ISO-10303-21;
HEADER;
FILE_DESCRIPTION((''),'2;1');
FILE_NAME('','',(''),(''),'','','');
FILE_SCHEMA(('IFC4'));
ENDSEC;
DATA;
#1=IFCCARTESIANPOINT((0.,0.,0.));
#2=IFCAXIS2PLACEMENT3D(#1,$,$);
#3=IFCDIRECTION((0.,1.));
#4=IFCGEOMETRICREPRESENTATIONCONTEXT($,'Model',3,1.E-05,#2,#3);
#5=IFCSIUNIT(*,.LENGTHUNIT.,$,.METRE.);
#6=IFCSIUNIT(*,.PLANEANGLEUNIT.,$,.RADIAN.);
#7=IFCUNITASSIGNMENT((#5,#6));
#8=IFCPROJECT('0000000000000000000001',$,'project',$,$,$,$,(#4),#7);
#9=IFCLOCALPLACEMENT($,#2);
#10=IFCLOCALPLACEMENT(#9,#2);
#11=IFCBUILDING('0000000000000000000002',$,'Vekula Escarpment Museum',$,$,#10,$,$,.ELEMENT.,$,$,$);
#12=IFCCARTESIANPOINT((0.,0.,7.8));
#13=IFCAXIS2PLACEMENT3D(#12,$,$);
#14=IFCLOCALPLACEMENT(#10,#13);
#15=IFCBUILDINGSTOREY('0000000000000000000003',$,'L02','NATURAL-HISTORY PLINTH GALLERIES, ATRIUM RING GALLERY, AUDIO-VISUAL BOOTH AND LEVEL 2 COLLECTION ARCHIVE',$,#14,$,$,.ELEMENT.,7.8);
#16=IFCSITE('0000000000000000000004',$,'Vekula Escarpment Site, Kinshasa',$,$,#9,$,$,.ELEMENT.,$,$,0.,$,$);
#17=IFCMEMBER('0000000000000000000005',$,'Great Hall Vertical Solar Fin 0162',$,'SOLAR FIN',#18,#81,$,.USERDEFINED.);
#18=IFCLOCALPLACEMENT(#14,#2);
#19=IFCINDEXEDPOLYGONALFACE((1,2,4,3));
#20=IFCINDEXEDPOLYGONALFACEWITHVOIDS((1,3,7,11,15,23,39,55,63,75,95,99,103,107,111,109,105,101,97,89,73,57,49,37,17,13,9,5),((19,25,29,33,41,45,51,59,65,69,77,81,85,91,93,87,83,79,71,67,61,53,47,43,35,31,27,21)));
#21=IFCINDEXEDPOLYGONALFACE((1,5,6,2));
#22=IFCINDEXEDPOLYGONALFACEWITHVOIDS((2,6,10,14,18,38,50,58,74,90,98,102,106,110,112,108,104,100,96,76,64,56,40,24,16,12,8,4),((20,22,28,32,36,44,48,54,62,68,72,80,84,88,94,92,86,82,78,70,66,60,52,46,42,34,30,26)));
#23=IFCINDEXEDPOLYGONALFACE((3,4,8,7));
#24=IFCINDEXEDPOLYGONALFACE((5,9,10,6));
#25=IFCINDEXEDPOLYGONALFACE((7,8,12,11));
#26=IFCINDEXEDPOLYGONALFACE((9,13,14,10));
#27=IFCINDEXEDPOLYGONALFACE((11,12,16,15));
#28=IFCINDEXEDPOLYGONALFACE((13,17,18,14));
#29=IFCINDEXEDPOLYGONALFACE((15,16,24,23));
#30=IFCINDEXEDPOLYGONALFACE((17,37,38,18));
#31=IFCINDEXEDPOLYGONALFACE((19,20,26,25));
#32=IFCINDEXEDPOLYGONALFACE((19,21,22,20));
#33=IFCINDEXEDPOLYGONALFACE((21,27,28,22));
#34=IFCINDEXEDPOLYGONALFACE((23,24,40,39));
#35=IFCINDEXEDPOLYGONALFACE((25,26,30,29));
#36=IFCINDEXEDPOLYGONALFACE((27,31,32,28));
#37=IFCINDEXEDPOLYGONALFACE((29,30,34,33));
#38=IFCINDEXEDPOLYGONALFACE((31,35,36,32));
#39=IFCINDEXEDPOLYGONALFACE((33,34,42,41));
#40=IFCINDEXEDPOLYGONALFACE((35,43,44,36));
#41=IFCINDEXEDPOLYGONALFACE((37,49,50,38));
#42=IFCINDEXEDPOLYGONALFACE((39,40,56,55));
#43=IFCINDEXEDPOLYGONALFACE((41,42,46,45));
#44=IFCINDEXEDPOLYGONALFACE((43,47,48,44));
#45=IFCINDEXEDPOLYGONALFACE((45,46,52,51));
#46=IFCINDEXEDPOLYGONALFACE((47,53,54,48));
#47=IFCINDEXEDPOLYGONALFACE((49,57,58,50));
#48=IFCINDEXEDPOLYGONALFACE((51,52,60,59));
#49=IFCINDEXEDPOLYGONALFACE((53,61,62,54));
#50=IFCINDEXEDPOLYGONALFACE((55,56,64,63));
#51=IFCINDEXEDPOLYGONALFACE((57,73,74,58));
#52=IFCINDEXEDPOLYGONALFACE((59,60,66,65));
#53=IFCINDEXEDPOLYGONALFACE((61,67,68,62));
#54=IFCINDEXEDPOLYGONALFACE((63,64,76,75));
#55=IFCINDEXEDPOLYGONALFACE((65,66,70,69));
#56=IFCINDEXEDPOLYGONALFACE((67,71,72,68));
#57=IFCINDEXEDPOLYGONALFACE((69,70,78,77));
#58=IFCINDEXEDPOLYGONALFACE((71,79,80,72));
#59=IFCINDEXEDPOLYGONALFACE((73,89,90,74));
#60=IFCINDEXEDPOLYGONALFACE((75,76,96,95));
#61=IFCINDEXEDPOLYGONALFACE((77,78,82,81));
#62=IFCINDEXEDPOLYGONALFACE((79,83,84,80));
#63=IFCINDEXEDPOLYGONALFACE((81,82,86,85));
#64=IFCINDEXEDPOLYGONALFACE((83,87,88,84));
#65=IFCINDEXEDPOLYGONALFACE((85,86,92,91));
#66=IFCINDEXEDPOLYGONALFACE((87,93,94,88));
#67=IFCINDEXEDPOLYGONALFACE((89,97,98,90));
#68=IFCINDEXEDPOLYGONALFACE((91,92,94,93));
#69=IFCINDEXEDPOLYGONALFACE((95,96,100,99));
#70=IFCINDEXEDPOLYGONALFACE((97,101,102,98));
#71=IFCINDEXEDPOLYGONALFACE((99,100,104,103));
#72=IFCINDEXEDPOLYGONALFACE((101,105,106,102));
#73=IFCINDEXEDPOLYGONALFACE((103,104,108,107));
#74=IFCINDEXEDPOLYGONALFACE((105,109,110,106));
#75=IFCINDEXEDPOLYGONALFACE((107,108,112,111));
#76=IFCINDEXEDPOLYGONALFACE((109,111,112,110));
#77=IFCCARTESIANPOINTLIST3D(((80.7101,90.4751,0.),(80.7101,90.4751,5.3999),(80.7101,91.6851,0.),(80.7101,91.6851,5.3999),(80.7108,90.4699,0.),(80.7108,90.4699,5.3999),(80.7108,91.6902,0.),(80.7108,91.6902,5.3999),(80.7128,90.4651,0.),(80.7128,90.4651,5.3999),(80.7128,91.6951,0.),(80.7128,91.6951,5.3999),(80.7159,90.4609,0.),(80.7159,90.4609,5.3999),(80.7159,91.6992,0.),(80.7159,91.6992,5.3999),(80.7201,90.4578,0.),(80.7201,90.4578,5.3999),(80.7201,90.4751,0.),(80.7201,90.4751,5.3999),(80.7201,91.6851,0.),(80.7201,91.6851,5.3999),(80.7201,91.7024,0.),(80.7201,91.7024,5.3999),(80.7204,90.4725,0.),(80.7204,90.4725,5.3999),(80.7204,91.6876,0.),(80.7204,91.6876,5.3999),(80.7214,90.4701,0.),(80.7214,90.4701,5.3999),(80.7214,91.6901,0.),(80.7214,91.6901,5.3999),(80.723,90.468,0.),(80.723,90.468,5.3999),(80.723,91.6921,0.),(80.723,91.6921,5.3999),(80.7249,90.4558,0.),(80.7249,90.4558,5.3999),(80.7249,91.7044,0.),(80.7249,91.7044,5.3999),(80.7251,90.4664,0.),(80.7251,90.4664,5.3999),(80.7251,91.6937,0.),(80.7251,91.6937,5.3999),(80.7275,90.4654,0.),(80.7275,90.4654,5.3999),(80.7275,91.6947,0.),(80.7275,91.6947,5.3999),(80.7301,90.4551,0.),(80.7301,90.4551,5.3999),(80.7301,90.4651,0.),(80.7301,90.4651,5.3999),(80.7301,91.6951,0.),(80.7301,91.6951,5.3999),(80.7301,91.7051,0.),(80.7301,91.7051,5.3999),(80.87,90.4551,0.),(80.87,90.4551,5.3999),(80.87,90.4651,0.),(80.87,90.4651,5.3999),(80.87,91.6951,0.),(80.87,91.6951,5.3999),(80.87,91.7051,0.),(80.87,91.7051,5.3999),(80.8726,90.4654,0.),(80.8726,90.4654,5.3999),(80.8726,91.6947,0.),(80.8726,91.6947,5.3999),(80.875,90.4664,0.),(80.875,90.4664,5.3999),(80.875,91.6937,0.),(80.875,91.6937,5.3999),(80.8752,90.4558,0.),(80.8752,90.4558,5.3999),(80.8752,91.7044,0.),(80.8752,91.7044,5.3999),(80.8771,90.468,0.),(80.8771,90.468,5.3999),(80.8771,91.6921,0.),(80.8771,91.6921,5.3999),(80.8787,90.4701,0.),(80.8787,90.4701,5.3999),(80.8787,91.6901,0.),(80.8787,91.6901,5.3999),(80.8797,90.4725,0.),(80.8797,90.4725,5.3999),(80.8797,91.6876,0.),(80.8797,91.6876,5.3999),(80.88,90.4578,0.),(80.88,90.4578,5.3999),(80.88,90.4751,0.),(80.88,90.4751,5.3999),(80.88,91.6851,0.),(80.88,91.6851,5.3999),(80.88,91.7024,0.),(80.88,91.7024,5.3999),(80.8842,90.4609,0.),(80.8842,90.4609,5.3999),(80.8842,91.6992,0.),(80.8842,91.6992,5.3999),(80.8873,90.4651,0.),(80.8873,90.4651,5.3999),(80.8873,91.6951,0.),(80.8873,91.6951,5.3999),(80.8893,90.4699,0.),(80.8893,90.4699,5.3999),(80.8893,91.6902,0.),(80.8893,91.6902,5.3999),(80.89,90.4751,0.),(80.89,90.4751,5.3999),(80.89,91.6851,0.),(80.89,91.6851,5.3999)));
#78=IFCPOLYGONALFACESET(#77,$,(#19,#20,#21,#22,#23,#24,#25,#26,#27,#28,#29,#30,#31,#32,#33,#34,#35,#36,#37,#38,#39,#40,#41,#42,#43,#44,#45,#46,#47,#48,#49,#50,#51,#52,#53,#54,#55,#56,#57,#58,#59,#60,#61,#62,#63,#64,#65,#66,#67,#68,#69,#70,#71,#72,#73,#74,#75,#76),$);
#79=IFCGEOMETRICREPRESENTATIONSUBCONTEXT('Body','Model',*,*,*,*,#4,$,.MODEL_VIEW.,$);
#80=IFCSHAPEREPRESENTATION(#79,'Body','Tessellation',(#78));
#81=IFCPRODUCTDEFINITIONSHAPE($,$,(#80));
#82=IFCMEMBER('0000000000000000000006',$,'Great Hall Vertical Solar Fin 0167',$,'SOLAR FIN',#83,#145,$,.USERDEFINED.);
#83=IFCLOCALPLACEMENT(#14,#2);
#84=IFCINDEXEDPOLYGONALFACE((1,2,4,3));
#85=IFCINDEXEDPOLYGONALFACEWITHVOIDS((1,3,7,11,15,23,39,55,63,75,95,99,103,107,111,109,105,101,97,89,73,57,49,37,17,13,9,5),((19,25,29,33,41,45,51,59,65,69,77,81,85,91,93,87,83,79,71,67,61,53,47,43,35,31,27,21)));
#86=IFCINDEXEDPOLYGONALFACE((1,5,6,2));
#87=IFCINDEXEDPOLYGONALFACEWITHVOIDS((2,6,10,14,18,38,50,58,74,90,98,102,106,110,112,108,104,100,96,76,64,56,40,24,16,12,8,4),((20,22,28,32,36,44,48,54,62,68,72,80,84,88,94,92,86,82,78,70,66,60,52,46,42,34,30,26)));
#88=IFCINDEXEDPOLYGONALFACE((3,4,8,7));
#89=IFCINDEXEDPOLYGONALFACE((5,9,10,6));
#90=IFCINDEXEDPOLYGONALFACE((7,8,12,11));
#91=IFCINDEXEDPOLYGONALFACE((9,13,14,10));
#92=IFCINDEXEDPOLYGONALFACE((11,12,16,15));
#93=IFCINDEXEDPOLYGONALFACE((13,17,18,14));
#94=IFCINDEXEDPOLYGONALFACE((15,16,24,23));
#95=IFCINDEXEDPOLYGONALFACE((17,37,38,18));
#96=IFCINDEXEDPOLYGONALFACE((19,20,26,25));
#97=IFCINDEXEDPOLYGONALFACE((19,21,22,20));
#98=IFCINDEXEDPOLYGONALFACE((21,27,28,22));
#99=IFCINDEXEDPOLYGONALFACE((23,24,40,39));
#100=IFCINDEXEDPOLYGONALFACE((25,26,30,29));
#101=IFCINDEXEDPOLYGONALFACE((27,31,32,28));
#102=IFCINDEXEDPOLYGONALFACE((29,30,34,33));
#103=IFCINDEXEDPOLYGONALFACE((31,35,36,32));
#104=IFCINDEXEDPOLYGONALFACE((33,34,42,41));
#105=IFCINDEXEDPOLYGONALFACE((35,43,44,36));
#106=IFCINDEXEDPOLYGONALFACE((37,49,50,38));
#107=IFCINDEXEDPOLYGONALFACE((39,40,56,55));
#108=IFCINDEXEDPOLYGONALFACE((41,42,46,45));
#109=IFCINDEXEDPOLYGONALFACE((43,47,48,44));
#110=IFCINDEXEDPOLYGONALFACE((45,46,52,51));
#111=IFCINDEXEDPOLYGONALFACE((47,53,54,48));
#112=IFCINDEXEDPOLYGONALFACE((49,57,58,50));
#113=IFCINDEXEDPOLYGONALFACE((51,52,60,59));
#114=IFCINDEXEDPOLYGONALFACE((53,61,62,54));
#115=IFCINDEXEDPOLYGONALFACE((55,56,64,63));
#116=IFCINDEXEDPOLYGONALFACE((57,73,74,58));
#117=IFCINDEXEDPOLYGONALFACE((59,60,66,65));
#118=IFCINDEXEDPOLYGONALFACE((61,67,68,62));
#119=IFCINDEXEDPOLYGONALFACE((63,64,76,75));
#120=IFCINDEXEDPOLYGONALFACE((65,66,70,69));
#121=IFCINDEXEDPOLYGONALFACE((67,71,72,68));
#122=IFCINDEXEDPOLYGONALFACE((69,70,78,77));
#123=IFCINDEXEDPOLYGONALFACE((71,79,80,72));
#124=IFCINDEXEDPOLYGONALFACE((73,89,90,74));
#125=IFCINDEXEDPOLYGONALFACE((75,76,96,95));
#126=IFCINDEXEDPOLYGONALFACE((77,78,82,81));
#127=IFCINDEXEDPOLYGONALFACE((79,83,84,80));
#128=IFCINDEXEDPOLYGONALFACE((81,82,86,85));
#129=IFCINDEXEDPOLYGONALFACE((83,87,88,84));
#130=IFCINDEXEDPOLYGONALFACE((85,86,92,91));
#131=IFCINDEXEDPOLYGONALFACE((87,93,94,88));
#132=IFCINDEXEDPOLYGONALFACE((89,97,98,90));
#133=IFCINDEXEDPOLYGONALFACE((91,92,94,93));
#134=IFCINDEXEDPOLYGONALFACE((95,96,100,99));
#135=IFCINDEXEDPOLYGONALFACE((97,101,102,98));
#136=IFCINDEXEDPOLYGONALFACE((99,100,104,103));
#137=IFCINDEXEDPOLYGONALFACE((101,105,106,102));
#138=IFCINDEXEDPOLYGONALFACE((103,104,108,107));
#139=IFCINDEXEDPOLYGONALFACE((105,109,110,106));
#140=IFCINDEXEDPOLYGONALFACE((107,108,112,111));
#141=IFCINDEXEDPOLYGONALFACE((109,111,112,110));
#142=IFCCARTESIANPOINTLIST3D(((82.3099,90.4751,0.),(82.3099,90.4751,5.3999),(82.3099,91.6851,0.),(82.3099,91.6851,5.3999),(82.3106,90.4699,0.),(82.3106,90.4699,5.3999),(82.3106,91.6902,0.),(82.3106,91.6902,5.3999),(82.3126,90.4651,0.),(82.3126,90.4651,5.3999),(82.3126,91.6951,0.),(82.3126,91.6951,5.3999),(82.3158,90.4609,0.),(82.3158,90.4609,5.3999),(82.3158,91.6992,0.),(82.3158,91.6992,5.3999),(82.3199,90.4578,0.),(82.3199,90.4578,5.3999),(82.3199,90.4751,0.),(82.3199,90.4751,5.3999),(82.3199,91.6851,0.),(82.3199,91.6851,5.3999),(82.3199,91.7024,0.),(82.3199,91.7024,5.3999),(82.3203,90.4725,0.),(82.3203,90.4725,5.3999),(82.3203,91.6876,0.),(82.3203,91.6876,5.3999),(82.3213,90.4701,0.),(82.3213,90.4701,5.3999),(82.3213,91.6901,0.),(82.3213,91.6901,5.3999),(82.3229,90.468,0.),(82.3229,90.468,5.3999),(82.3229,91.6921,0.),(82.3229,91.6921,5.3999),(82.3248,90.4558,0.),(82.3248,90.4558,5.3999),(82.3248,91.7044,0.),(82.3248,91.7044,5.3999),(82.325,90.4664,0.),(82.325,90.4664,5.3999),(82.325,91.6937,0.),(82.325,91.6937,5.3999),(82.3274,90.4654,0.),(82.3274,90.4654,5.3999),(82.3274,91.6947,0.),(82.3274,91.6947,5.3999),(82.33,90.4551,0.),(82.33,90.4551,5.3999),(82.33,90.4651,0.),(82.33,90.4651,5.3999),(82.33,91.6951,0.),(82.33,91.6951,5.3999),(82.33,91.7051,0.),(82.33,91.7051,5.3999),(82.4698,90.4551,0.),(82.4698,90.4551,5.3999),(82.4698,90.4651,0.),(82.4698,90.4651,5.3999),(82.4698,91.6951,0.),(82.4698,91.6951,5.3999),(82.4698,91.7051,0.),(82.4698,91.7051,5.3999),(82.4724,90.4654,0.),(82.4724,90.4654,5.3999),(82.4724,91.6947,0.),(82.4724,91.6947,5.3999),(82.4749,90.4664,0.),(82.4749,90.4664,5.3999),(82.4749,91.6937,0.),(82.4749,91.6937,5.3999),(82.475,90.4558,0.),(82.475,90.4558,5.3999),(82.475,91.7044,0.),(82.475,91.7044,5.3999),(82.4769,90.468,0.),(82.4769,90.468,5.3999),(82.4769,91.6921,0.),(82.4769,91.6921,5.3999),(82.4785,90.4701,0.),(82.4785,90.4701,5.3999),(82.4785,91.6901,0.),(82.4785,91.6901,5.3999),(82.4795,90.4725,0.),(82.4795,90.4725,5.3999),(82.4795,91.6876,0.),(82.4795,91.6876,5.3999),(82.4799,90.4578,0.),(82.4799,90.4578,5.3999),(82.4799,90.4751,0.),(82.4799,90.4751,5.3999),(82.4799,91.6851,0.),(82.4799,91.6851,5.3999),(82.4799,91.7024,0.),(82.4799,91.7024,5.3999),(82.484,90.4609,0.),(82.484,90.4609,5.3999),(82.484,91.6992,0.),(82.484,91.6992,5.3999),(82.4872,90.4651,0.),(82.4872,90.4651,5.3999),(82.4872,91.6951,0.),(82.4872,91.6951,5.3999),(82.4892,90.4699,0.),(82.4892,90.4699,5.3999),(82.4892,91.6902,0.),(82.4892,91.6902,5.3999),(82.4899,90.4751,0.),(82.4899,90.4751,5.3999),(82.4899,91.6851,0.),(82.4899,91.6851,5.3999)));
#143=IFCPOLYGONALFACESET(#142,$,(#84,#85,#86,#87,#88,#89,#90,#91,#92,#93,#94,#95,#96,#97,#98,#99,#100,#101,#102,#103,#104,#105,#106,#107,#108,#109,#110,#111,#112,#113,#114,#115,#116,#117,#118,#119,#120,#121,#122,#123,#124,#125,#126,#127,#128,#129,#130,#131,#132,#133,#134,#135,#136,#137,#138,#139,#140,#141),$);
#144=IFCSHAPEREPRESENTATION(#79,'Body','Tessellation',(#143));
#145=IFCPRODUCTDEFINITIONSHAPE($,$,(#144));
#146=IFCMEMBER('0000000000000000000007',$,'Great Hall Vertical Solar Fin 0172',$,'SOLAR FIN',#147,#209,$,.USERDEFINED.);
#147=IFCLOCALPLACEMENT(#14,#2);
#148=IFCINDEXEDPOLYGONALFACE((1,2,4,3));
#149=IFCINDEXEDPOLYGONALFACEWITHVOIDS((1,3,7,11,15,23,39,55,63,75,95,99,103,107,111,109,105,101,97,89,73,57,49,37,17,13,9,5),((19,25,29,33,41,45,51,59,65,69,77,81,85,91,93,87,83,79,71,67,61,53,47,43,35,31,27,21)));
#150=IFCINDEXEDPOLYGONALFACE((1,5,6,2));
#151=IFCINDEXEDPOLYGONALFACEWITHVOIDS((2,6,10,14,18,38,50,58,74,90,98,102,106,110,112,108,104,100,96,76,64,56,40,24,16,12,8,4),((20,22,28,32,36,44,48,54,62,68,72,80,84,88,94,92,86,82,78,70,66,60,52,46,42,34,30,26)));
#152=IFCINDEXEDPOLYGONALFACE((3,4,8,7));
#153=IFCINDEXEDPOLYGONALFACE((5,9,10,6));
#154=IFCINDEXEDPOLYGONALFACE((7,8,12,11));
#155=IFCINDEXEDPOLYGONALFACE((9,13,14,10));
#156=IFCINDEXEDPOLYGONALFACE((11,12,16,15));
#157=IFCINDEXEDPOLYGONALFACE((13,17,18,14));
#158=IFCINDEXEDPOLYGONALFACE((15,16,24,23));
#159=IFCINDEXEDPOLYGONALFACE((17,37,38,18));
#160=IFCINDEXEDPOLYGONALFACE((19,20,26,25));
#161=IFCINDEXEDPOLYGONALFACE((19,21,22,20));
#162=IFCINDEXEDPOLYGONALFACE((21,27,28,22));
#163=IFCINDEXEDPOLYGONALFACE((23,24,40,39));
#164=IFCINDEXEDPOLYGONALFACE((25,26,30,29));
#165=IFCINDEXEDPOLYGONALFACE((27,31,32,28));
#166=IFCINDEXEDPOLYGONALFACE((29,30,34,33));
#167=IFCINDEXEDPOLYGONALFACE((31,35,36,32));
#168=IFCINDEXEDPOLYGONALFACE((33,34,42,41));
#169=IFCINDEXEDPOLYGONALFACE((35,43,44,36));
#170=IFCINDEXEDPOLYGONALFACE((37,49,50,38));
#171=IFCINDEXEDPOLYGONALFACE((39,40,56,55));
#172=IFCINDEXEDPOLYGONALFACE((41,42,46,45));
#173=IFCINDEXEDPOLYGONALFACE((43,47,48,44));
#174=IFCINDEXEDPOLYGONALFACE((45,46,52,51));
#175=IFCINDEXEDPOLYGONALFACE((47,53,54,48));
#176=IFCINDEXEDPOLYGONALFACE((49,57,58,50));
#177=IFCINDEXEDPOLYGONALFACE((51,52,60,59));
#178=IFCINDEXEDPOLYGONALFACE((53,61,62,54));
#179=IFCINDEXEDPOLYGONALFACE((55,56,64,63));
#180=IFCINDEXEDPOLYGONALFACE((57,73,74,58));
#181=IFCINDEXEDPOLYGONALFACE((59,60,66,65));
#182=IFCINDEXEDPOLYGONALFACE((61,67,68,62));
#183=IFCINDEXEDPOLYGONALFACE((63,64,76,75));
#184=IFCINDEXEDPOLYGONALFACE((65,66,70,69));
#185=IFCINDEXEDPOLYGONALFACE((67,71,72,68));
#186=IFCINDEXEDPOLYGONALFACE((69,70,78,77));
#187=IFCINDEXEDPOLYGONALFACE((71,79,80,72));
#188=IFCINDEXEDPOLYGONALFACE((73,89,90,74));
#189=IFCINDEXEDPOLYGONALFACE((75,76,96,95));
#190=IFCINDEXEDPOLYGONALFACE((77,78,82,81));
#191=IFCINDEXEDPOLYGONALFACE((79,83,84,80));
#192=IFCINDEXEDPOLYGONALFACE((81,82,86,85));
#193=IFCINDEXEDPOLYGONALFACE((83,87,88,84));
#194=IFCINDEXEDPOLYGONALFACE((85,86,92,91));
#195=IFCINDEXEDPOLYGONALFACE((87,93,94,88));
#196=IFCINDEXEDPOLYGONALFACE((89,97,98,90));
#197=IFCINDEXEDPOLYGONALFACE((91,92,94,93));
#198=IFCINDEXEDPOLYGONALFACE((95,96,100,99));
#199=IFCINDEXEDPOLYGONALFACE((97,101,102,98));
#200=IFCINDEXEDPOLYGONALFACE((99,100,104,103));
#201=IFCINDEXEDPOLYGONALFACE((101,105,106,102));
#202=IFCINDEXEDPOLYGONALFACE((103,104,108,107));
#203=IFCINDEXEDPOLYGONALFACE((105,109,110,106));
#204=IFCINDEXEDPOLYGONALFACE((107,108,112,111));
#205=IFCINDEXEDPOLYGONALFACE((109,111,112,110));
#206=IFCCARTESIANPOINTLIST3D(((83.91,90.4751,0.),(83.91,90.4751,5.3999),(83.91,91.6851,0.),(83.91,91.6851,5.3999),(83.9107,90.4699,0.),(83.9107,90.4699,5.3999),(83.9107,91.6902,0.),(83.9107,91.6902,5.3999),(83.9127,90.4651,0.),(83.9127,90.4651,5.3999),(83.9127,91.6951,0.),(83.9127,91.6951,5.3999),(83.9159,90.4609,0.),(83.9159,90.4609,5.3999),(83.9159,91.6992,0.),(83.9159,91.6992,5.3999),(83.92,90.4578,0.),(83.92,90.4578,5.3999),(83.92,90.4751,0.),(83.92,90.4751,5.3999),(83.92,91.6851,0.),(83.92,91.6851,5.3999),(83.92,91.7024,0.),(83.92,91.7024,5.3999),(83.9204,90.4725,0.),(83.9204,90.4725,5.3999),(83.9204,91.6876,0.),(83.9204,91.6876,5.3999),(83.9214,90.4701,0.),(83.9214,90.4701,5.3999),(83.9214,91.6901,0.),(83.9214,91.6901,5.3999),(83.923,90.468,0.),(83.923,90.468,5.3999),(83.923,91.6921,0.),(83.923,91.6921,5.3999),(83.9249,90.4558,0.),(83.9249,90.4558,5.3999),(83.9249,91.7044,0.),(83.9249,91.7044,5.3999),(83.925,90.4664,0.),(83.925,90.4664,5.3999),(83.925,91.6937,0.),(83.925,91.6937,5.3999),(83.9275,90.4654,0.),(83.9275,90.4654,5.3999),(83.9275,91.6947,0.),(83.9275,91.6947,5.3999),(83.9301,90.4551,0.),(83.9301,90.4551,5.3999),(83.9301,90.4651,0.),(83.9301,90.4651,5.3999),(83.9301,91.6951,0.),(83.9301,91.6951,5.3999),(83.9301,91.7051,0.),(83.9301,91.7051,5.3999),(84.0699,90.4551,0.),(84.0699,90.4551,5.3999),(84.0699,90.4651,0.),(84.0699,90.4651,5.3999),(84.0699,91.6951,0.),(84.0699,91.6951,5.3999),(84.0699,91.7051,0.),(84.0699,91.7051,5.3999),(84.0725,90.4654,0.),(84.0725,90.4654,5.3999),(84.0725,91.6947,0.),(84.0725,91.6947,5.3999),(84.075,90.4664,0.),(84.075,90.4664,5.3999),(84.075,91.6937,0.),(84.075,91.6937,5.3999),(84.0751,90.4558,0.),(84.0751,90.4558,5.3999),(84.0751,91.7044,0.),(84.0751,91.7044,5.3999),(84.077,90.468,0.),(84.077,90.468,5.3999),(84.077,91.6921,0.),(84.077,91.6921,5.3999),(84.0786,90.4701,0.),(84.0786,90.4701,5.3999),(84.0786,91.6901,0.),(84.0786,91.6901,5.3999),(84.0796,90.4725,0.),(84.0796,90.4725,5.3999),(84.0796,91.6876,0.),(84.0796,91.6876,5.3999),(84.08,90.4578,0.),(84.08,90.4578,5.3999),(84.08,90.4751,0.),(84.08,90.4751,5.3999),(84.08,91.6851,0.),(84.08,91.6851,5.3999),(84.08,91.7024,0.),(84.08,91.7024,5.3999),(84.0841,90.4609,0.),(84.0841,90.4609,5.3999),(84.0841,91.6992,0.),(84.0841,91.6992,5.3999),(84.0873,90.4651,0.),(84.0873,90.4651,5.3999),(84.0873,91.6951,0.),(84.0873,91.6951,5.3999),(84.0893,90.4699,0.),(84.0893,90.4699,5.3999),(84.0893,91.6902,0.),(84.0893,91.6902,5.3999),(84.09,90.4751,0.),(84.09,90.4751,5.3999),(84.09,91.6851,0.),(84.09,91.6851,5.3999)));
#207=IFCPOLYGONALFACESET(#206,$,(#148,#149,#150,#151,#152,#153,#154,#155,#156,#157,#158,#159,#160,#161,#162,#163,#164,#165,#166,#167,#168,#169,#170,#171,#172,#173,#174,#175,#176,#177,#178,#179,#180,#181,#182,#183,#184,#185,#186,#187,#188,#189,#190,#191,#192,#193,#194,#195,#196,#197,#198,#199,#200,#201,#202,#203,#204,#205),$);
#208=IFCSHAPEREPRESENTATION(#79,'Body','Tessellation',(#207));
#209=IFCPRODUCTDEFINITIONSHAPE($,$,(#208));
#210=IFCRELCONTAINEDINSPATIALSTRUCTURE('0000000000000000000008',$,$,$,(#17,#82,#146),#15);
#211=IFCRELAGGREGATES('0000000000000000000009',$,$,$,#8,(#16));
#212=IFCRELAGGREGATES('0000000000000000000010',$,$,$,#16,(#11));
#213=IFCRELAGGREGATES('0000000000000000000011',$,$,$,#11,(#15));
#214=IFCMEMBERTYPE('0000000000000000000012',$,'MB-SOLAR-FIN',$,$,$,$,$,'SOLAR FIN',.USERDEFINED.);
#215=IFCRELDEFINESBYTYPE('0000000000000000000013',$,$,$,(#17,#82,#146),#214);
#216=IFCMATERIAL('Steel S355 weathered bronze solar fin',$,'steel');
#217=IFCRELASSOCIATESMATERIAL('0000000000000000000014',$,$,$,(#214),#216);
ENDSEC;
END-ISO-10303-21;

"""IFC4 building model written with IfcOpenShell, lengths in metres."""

from ifc_helpers import new_model, si_unit, direction, frame, origin, origin_2d, place, context, subcontext, project, spatial, hollow_rectangle, extrude, material, material_profile, profile_set, type_object, element, save


model = new_model("IFC4")

# Units and contexts
model_context = context("Model", 3, precision=1e-05, world=origin(), true_north=direction((0.0, 1.0)))
body_context = subcontext(model_context, "Body", "Model", "MODEL_VIEW")
ifc_project = project(units=[si_unit("LENGTHUNIT", "METRE"), si_unit("PLANEANGLEUNIT", "RADIAN")], contexts=[model_context])

# Site, building, storey
site_placement = place(None, origin())
site = spatial("IfcSite", under=ifc_project, at=site_placement, Name="Vekula Escarpment Site, Kinshasa", CompositionType="ELEMENT", RefElevation=0.0)
building_placement = place(site_placement, origin())
building = spatial("IfcBuilding", under=site, at=building_placement, Name="Vekula Escarpment Museum", CompositionType="ELEMENT")
storey_placement = place(building_placement, frame((0.0, 0.0, 7.8)))
storey = spatial("IfcBuildingStorey", under=building, at=storey_placement, Name="L02", Description="NATURAL-HISTORY PLINTH GALLERIES, ATRIUM RING GALLERY, AUDIO-VISUAL BOOTH AND LEVEL 2 COLLECTION ARCHIVE", CompositionType="ELEMENT", Elevation=7.8)

# Members
ifc_material_1 = material(Name="Steel S355 weathered bronze solar fin", Category="steel")
ifc_material_profile_1 = material_profile(ifc_material_1, hollow_rectangle(XDim=0.1799, YDim=1.25, WallThickness=0.01, InnerFilletRadius=0.01, OuterFilletRadius=0.02, at=origin_2d()), Name="RHS 1250x180x10")
ifc_profile_set_1 = profile_set([ifc_material_profile_1], Name="Steel S355 weathered bronze solar fin")
member_type_1 = type_object("IfcMemberType", Name="MB-SOLAR-FIN", ElementType="SOLAR FIN", PredefinedType="USERDEFINED", material=ifc_profile_set_1)
for number, where, z_axis, x_axis, name in (
    (1, (80.8, 91.0801, 0.0), (0.0, 0.0, 1.0), (1.0, 0.0, 0.0), "Great Hall Vertical Solar Fin 0162"),
    (2, (82.3999, 91.0801, 0.0), (0.0, 0.0, 1.0), (1.0, 0.0, 0.0), "Great Hall Vertical Solar Fin 0167"),
    (3, (84.0, 91.0801, 0.0), (0.0, 0.0, 1.0), (1.0, 0.0, 0.0), "Great Hall Vertical Solar Fin 0172"),
):
    element("IfcMember", number, at=place(storey_placement, frame(where, z_axis=z_axis, x_axis=x_axis)), inside=storey, type_object=member_type_1, Name=name, ObjectType="SOLAR FIN", PredefinedType="USERDEFINED", context=body_context, shape_type="SweptSolid", body=[
        extrude(hollow_rectangle(XDim=0.1799, YDim=1.25, WallThickness=0.01, InnerFilletRadius=0.01, OuterFilletRadius=0.02, at=origin_2d()), origin(), (0.0, 0.0, 1.0), 5.3999),
    ])

save(model, "model.ifc")
